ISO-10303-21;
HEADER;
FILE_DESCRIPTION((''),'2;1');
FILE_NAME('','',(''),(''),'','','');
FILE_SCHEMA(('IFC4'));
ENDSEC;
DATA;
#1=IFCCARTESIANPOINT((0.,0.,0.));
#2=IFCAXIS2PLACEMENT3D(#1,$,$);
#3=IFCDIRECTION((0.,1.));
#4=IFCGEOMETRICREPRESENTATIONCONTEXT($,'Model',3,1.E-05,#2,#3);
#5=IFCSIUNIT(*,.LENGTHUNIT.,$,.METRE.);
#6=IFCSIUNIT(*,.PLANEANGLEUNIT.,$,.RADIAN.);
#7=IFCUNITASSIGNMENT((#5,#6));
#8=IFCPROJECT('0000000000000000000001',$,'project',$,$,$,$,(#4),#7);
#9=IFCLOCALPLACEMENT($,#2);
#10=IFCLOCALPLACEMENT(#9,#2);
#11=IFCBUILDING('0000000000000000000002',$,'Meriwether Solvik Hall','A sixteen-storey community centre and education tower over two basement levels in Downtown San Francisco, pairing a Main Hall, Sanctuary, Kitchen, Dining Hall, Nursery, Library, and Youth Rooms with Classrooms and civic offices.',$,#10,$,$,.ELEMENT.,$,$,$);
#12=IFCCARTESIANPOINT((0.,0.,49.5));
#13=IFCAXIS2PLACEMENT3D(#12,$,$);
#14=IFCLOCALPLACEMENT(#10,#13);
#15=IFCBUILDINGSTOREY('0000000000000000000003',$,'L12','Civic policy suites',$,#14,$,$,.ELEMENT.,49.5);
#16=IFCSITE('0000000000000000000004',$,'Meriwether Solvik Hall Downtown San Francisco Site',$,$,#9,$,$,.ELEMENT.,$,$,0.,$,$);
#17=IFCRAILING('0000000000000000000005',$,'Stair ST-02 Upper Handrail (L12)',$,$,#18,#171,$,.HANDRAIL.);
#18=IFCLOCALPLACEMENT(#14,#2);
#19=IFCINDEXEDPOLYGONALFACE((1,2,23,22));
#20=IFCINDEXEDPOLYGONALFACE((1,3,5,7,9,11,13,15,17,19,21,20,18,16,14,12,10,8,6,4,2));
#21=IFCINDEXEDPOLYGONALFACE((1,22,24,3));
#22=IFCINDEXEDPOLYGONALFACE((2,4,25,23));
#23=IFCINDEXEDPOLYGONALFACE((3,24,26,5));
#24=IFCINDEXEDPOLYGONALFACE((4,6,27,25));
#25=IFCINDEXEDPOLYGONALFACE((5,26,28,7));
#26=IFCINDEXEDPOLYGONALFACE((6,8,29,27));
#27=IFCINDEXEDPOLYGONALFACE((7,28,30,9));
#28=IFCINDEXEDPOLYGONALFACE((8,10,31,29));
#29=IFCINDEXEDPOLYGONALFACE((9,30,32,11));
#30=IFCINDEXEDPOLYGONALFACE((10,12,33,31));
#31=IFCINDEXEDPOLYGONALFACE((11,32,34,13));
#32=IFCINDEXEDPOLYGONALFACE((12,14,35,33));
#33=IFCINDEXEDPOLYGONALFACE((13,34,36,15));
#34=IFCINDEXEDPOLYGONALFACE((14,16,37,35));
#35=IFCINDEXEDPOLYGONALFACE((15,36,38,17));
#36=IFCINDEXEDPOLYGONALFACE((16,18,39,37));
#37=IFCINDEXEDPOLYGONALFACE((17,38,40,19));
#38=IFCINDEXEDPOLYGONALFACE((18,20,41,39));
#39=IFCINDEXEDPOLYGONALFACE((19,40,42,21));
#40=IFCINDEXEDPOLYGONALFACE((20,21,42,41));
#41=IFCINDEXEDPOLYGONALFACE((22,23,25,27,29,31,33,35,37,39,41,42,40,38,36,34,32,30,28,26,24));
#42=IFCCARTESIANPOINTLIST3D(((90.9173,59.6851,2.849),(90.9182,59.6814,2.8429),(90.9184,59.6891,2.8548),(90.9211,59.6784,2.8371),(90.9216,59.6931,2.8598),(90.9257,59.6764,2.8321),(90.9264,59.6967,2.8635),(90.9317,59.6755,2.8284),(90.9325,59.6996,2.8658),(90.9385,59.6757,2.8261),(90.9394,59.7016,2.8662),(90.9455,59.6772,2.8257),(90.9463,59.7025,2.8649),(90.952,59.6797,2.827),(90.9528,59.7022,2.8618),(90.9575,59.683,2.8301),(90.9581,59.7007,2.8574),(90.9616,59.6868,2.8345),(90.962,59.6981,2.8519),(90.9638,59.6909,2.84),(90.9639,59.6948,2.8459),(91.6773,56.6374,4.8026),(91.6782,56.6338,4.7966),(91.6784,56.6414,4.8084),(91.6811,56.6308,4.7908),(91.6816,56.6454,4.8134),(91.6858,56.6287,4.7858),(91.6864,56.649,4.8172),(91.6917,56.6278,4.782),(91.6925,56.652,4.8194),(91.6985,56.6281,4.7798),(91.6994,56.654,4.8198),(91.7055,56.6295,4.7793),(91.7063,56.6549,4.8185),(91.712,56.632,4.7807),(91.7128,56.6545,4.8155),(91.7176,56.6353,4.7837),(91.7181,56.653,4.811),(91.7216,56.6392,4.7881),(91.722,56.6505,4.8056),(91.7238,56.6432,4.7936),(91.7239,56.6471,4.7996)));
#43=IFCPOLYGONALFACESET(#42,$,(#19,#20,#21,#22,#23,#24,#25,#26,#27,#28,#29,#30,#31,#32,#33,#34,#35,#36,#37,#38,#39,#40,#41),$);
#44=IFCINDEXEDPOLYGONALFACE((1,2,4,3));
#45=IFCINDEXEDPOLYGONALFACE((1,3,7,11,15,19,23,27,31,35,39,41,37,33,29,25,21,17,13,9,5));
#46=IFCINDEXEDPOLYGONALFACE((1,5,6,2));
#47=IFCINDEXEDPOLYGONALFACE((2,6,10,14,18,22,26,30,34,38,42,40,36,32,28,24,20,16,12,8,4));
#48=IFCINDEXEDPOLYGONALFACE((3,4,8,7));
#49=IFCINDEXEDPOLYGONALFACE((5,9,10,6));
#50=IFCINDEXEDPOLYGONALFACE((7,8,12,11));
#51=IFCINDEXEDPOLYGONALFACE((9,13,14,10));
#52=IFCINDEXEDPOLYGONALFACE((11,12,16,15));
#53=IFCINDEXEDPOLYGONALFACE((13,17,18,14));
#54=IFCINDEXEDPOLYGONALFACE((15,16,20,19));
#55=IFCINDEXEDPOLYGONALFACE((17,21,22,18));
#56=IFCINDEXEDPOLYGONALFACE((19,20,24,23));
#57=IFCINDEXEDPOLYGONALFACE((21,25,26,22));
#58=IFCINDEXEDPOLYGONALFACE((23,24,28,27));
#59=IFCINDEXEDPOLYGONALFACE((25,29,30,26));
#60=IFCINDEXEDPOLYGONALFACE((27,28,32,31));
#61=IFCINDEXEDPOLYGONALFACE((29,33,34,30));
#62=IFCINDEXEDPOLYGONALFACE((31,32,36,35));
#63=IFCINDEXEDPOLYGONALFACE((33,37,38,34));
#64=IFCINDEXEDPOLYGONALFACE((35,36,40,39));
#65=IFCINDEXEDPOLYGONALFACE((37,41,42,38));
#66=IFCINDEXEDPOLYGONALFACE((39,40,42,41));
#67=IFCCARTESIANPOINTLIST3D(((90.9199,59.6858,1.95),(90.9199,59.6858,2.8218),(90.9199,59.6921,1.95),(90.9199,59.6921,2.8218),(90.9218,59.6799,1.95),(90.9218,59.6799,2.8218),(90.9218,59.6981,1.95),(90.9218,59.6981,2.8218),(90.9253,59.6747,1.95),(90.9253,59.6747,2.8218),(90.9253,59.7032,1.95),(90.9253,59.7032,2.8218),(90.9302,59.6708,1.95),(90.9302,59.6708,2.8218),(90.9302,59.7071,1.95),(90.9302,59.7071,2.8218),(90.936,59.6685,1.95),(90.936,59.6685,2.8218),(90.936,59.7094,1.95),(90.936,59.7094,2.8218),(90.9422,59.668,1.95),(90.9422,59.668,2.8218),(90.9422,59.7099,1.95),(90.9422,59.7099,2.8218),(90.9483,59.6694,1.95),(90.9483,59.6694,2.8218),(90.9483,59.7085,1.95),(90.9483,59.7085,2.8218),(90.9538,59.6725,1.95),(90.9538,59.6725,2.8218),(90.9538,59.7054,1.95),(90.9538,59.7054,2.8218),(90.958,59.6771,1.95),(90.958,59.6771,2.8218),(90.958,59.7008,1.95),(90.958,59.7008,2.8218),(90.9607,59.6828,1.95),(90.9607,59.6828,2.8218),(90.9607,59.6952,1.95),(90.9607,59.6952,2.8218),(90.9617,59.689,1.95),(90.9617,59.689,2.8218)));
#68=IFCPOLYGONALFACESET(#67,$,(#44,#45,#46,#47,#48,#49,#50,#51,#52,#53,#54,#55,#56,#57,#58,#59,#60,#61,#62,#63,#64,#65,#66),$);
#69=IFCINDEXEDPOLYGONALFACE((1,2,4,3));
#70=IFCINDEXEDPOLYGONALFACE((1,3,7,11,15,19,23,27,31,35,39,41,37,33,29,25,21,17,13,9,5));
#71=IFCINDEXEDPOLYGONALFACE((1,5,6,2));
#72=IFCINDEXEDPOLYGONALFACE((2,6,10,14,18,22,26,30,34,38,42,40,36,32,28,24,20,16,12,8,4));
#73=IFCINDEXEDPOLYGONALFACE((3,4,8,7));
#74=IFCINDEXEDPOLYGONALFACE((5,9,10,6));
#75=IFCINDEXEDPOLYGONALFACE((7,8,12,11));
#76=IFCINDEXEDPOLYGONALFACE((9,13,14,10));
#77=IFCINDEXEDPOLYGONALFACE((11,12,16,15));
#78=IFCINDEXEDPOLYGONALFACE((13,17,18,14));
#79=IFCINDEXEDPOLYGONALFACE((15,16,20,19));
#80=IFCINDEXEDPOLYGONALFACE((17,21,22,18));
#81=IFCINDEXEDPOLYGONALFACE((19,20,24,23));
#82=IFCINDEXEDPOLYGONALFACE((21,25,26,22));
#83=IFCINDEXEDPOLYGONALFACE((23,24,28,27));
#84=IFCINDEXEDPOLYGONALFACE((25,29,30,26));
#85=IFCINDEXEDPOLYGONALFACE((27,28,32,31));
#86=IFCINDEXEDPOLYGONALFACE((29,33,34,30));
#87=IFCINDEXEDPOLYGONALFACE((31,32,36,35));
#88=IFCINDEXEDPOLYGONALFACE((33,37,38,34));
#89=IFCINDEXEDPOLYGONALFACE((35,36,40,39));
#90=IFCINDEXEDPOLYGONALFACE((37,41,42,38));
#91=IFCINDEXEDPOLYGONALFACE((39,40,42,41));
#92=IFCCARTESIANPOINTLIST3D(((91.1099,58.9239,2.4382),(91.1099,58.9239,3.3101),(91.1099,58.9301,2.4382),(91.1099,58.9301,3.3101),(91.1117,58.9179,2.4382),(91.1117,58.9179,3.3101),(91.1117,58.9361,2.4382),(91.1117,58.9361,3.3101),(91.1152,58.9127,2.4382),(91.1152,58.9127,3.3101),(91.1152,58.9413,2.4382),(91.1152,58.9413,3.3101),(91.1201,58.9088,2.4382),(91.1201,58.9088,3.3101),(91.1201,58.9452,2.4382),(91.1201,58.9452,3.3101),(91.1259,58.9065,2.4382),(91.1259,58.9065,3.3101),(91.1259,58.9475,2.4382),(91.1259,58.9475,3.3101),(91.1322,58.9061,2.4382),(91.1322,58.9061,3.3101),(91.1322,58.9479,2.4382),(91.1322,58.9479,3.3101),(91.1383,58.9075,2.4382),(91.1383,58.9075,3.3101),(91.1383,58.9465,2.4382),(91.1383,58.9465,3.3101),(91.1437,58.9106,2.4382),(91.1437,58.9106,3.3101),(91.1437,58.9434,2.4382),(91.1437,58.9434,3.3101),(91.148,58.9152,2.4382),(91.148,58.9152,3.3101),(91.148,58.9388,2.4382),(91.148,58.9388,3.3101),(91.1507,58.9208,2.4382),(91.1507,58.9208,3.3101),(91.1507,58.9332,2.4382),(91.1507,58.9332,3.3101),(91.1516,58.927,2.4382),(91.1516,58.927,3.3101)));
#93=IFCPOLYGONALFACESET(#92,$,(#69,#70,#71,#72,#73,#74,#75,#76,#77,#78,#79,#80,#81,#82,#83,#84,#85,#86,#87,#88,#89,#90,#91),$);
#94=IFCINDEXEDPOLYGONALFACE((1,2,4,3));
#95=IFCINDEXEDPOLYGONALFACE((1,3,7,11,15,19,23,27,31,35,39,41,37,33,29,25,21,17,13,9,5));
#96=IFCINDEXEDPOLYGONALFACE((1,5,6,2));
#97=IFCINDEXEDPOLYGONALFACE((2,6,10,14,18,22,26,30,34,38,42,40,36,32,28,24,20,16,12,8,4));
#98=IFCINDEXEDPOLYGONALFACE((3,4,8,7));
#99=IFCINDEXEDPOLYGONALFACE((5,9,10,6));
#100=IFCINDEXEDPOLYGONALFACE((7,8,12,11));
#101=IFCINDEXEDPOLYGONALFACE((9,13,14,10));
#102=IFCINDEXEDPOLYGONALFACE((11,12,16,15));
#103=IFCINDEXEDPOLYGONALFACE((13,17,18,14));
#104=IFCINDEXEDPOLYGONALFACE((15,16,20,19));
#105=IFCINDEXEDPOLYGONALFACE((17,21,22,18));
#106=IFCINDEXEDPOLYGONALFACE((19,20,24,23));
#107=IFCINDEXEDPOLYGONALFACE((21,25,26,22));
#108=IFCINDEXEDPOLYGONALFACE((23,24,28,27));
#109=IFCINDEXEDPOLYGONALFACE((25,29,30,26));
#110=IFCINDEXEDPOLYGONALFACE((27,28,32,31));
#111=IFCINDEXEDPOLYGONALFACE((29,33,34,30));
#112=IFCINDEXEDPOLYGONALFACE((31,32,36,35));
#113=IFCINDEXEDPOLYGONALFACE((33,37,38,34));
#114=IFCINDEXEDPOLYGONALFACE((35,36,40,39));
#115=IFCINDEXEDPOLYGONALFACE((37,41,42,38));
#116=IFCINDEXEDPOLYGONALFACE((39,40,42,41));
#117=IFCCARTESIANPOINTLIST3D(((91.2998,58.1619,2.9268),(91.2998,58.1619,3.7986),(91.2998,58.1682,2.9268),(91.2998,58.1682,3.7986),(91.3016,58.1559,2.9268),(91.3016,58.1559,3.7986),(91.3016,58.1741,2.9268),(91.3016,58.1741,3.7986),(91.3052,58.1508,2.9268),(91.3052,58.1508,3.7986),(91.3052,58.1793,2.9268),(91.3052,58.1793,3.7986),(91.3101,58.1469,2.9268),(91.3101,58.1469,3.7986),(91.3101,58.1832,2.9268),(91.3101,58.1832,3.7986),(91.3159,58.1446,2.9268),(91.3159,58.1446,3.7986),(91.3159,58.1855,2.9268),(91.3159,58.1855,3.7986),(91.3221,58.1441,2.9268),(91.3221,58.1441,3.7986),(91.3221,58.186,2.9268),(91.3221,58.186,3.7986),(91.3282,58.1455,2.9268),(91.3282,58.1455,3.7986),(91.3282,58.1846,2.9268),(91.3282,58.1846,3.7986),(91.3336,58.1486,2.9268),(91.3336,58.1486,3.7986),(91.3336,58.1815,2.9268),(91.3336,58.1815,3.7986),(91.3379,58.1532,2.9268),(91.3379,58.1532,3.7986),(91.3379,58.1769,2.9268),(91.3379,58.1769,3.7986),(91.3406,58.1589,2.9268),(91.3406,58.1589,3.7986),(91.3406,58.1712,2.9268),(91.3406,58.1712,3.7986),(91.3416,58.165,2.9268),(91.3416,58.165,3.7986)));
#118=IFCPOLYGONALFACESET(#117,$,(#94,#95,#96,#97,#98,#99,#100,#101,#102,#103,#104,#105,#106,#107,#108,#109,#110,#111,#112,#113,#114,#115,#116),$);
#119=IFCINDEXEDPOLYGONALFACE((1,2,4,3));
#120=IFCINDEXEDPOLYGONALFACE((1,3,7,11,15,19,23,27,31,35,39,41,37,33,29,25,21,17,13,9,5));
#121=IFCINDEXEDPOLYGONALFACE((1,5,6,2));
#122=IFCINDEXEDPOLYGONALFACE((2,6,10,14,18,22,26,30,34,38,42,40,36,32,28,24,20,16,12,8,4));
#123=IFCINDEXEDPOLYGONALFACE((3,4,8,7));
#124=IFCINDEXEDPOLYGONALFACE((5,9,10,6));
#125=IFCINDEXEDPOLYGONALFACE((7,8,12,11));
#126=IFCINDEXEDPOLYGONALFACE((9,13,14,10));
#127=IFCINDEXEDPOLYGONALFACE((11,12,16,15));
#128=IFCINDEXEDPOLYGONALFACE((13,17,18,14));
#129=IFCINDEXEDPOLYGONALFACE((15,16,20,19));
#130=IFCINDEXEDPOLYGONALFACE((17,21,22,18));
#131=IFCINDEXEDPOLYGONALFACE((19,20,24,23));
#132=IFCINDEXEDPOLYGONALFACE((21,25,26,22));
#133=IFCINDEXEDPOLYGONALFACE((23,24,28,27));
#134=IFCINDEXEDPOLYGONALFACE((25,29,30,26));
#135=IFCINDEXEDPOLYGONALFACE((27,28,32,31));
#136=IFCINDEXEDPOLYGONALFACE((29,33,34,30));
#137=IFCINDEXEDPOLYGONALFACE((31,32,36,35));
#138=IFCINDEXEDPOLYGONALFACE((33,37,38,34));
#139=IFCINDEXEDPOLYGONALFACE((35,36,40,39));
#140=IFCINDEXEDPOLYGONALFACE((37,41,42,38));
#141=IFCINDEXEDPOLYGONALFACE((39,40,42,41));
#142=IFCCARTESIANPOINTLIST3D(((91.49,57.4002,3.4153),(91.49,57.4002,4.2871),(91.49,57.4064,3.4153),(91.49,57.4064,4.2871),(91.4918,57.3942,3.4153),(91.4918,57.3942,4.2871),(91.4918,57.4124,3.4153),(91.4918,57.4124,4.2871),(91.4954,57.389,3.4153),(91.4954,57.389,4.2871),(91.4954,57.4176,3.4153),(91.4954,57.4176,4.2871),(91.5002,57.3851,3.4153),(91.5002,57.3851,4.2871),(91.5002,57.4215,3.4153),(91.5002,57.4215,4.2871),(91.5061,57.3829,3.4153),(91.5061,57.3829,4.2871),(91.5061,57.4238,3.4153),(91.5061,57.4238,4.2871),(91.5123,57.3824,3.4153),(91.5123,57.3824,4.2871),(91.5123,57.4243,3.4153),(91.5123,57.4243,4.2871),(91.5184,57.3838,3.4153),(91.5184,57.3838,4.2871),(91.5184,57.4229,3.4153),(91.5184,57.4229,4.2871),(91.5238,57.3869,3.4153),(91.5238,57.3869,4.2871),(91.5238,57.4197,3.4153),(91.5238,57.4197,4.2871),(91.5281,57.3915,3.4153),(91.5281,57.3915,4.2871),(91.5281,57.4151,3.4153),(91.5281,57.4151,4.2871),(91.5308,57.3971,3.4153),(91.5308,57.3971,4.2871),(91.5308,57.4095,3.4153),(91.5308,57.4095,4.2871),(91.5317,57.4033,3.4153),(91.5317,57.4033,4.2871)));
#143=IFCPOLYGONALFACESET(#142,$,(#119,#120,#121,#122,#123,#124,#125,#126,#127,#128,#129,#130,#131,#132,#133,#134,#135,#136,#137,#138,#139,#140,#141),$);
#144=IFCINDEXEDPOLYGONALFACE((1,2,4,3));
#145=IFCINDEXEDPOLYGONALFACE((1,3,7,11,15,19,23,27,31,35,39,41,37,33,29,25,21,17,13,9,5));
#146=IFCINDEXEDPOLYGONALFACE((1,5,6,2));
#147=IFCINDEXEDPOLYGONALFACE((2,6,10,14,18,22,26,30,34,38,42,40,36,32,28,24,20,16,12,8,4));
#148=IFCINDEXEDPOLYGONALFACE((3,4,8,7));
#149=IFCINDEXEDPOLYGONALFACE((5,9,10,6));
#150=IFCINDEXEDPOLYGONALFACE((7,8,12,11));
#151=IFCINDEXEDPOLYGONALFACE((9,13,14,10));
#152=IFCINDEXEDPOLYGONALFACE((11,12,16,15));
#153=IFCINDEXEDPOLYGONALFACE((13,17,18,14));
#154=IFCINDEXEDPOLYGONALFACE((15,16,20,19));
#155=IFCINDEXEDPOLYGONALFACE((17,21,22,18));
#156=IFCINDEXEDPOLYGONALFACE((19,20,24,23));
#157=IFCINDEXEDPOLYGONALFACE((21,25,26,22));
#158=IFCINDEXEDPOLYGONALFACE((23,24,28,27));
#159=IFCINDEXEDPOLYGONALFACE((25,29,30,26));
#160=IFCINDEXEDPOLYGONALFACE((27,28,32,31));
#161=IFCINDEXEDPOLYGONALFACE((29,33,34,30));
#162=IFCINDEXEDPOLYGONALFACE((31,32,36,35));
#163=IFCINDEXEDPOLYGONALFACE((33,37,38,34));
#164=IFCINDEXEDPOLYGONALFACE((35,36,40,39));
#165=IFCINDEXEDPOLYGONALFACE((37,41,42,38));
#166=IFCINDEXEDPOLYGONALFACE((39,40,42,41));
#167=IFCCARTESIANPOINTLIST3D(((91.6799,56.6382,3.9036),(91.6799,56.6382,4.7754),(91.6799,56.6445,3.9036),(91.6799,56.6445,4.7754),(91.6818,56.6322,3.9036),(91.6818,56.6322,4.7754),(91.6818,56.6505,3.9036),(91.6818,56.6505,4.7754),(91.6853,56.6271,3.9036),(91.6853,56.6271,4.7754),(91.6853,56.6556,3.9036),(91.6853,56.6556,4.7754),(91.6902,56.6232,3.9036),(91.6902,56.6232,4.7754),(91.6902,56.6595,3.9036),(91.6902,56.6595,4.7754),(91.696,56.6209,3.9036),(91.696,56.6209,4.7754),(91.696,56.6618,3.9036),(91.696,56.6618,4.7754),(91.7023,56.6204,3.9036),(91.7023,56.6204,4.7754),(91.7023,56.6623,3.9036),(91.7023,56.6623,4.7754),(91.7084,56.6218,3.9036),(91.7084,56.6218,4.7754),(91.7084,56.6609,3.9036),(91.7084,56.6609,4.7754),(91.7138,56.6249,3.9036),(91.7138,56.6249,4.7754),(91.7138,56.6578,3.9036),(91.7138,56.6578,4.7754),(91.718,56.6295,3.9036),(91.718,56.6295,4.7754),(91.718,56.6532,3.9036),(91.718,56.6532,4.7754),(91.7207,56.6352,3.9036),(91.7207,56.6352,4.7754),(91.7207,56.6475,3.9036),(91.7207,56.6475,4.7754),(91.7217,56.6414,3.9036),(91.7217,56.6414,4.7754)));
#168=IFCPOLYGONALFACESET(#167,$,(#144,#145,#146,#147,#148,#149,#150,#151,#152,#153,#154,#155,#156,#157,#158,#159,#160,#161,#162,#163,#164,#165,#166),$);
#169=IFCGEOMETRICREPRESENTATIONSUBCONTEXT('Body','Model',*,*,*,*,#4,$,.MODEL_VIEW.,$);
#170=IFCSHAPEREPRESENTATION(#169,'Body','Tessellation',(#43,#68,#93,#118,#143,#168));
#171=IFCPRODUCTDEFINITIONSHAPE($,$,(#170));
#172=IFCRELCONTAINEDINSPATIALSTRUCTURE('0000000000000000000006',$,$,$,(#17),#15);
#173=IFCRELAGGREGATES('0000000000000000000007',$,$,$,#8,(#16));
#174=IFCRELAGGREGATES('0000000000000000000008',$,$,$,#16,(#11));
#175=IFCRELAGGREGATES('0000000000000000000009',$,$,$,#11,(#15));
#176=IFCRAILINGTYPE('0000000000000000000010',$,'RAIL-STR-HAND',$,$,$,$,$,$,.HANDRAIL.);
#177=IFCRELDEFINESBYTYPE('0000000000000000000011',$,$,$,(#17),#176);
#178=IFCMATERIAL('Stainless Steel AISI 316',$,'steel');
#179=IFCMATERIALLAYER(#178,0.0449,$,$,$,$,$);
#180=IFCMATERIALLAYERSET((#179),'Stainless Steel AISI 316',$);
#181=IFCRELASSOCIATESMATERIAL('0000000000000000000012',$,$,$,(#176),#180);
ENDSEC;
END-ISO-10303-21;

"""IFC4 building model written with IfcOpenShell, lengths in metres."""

from ifc_helpers import new_model, si_unit, direction, frame, origin, origin_2d, place, context, subcontext, project, spatial, circle, extrude, material, layer, layer_set, type_object, element, save


model = new_model("IFC4")

# Units and contexts
model_context = context("Model", 3, precision=1e-05, world=origin(), true_north=direction((0.0, 1.0)))
body_context = subcontext(model_context, "Body", "Model", "MODEL_VIEW")
ifc_project = project(units=[si_unit("LENGTHUNIT", "METRE"), si_unit("PLANEANGLEUNIT", "RADIAN")], contexts=[model_context])

# Site, building, storey
site_placement = place(None, origin())
site = spatial("IfcSite", under=ifc_project, at=site_placement, Name="Meriwether Solvik Hall Downtown San Francisco Site", CompositionType="ELEMENT", RefElevation=0.0)
building_placement = place(site_placement, origin())
building = spatial("IfcBuilding", under=site, at=building_placement, Name="Meriwether Solvik Hall", Description="A sixteen-storey community centre and education tower over two basement levels in Downtown San Francisco, pairing a Main Hall, Sanctuary, Kitchen, Dining Hall, Nursery, Library, and Youth Rooms with Classrooms and civic offices.", CompositionType="ELEMENT")
storey_placement = place(building_placement, frame((0.0, 0.0, 49.5)))
storey = spatial("IfcBuildingStorey", under=building, at=storey_placement, Name="L12", Description="Civic policy suites", CompositionType="ELEMENT", Elevation=49.5)

# Railing
ifc_material_1 = material(Name="Stainless Steel AISI 316", Category="steel")
ifc_layer_1 = layer(ifc_material_1, 0.0449)
ifc_layer_set_1 = layer_set([ifc_layer_1], Name="Stainless Steel AISI 316")
railing_type = type_object("IfcRailingType", Name="RAIL-STR-HAND", PredefinedType="HANDRAIL", material=ifc_layer_set_1)
railing_placement = place(storey_placement, frame((90.9407, 59.689, 1.95)))
element("IfcRailing", 1, at=railing_placement, inside=storey, type_object=railing_type, Name="Stair ST-02 Upper Handrail (L12)", PredefinedType="HANDRAIL", context=body_context, shape_type="SweptSolid", body=[
    extrude(circle(Radius=0.0239, at=origin_2d()), frame((0.0, 0.0, 0.896), z_axis=(0.205467, -0.823915, 0.528155), x_axis=(0.970284, 0.241969, 0.0)), (0.0, 0.0, 1.0), 3.699),
    extrude(circle(Radius=0.021, at=origin_2d()), origin(), (0.0, 0.0, 1.0), 0.8718),
    extrude(circle(Radius=0.021, at=origin_2d()), frame((0.1899, -0.762, 0.4883)), (0.0, 0.0, 1.0), 0.8718),
    extrude(circle(Radius=0.021, at=origin_2d()), frame((0.3799, -1.5239, 0.9768)), (0.0, 0.0, 1.0), 0.8718),
    extrude(circle(Radius=0.021, at=origin_2d()), frame((0.5701, -2.2856, 1.4653)), (0.0, 0.0, 1.0), 0.8718),
    extrude(circle(Radius=0.021, at=origin_2d()), frame((0.76, -3.0476, 1.9536)), (0.0, 0.0, 1.0), 0.8718),
])

save(model, "model.ifc")
